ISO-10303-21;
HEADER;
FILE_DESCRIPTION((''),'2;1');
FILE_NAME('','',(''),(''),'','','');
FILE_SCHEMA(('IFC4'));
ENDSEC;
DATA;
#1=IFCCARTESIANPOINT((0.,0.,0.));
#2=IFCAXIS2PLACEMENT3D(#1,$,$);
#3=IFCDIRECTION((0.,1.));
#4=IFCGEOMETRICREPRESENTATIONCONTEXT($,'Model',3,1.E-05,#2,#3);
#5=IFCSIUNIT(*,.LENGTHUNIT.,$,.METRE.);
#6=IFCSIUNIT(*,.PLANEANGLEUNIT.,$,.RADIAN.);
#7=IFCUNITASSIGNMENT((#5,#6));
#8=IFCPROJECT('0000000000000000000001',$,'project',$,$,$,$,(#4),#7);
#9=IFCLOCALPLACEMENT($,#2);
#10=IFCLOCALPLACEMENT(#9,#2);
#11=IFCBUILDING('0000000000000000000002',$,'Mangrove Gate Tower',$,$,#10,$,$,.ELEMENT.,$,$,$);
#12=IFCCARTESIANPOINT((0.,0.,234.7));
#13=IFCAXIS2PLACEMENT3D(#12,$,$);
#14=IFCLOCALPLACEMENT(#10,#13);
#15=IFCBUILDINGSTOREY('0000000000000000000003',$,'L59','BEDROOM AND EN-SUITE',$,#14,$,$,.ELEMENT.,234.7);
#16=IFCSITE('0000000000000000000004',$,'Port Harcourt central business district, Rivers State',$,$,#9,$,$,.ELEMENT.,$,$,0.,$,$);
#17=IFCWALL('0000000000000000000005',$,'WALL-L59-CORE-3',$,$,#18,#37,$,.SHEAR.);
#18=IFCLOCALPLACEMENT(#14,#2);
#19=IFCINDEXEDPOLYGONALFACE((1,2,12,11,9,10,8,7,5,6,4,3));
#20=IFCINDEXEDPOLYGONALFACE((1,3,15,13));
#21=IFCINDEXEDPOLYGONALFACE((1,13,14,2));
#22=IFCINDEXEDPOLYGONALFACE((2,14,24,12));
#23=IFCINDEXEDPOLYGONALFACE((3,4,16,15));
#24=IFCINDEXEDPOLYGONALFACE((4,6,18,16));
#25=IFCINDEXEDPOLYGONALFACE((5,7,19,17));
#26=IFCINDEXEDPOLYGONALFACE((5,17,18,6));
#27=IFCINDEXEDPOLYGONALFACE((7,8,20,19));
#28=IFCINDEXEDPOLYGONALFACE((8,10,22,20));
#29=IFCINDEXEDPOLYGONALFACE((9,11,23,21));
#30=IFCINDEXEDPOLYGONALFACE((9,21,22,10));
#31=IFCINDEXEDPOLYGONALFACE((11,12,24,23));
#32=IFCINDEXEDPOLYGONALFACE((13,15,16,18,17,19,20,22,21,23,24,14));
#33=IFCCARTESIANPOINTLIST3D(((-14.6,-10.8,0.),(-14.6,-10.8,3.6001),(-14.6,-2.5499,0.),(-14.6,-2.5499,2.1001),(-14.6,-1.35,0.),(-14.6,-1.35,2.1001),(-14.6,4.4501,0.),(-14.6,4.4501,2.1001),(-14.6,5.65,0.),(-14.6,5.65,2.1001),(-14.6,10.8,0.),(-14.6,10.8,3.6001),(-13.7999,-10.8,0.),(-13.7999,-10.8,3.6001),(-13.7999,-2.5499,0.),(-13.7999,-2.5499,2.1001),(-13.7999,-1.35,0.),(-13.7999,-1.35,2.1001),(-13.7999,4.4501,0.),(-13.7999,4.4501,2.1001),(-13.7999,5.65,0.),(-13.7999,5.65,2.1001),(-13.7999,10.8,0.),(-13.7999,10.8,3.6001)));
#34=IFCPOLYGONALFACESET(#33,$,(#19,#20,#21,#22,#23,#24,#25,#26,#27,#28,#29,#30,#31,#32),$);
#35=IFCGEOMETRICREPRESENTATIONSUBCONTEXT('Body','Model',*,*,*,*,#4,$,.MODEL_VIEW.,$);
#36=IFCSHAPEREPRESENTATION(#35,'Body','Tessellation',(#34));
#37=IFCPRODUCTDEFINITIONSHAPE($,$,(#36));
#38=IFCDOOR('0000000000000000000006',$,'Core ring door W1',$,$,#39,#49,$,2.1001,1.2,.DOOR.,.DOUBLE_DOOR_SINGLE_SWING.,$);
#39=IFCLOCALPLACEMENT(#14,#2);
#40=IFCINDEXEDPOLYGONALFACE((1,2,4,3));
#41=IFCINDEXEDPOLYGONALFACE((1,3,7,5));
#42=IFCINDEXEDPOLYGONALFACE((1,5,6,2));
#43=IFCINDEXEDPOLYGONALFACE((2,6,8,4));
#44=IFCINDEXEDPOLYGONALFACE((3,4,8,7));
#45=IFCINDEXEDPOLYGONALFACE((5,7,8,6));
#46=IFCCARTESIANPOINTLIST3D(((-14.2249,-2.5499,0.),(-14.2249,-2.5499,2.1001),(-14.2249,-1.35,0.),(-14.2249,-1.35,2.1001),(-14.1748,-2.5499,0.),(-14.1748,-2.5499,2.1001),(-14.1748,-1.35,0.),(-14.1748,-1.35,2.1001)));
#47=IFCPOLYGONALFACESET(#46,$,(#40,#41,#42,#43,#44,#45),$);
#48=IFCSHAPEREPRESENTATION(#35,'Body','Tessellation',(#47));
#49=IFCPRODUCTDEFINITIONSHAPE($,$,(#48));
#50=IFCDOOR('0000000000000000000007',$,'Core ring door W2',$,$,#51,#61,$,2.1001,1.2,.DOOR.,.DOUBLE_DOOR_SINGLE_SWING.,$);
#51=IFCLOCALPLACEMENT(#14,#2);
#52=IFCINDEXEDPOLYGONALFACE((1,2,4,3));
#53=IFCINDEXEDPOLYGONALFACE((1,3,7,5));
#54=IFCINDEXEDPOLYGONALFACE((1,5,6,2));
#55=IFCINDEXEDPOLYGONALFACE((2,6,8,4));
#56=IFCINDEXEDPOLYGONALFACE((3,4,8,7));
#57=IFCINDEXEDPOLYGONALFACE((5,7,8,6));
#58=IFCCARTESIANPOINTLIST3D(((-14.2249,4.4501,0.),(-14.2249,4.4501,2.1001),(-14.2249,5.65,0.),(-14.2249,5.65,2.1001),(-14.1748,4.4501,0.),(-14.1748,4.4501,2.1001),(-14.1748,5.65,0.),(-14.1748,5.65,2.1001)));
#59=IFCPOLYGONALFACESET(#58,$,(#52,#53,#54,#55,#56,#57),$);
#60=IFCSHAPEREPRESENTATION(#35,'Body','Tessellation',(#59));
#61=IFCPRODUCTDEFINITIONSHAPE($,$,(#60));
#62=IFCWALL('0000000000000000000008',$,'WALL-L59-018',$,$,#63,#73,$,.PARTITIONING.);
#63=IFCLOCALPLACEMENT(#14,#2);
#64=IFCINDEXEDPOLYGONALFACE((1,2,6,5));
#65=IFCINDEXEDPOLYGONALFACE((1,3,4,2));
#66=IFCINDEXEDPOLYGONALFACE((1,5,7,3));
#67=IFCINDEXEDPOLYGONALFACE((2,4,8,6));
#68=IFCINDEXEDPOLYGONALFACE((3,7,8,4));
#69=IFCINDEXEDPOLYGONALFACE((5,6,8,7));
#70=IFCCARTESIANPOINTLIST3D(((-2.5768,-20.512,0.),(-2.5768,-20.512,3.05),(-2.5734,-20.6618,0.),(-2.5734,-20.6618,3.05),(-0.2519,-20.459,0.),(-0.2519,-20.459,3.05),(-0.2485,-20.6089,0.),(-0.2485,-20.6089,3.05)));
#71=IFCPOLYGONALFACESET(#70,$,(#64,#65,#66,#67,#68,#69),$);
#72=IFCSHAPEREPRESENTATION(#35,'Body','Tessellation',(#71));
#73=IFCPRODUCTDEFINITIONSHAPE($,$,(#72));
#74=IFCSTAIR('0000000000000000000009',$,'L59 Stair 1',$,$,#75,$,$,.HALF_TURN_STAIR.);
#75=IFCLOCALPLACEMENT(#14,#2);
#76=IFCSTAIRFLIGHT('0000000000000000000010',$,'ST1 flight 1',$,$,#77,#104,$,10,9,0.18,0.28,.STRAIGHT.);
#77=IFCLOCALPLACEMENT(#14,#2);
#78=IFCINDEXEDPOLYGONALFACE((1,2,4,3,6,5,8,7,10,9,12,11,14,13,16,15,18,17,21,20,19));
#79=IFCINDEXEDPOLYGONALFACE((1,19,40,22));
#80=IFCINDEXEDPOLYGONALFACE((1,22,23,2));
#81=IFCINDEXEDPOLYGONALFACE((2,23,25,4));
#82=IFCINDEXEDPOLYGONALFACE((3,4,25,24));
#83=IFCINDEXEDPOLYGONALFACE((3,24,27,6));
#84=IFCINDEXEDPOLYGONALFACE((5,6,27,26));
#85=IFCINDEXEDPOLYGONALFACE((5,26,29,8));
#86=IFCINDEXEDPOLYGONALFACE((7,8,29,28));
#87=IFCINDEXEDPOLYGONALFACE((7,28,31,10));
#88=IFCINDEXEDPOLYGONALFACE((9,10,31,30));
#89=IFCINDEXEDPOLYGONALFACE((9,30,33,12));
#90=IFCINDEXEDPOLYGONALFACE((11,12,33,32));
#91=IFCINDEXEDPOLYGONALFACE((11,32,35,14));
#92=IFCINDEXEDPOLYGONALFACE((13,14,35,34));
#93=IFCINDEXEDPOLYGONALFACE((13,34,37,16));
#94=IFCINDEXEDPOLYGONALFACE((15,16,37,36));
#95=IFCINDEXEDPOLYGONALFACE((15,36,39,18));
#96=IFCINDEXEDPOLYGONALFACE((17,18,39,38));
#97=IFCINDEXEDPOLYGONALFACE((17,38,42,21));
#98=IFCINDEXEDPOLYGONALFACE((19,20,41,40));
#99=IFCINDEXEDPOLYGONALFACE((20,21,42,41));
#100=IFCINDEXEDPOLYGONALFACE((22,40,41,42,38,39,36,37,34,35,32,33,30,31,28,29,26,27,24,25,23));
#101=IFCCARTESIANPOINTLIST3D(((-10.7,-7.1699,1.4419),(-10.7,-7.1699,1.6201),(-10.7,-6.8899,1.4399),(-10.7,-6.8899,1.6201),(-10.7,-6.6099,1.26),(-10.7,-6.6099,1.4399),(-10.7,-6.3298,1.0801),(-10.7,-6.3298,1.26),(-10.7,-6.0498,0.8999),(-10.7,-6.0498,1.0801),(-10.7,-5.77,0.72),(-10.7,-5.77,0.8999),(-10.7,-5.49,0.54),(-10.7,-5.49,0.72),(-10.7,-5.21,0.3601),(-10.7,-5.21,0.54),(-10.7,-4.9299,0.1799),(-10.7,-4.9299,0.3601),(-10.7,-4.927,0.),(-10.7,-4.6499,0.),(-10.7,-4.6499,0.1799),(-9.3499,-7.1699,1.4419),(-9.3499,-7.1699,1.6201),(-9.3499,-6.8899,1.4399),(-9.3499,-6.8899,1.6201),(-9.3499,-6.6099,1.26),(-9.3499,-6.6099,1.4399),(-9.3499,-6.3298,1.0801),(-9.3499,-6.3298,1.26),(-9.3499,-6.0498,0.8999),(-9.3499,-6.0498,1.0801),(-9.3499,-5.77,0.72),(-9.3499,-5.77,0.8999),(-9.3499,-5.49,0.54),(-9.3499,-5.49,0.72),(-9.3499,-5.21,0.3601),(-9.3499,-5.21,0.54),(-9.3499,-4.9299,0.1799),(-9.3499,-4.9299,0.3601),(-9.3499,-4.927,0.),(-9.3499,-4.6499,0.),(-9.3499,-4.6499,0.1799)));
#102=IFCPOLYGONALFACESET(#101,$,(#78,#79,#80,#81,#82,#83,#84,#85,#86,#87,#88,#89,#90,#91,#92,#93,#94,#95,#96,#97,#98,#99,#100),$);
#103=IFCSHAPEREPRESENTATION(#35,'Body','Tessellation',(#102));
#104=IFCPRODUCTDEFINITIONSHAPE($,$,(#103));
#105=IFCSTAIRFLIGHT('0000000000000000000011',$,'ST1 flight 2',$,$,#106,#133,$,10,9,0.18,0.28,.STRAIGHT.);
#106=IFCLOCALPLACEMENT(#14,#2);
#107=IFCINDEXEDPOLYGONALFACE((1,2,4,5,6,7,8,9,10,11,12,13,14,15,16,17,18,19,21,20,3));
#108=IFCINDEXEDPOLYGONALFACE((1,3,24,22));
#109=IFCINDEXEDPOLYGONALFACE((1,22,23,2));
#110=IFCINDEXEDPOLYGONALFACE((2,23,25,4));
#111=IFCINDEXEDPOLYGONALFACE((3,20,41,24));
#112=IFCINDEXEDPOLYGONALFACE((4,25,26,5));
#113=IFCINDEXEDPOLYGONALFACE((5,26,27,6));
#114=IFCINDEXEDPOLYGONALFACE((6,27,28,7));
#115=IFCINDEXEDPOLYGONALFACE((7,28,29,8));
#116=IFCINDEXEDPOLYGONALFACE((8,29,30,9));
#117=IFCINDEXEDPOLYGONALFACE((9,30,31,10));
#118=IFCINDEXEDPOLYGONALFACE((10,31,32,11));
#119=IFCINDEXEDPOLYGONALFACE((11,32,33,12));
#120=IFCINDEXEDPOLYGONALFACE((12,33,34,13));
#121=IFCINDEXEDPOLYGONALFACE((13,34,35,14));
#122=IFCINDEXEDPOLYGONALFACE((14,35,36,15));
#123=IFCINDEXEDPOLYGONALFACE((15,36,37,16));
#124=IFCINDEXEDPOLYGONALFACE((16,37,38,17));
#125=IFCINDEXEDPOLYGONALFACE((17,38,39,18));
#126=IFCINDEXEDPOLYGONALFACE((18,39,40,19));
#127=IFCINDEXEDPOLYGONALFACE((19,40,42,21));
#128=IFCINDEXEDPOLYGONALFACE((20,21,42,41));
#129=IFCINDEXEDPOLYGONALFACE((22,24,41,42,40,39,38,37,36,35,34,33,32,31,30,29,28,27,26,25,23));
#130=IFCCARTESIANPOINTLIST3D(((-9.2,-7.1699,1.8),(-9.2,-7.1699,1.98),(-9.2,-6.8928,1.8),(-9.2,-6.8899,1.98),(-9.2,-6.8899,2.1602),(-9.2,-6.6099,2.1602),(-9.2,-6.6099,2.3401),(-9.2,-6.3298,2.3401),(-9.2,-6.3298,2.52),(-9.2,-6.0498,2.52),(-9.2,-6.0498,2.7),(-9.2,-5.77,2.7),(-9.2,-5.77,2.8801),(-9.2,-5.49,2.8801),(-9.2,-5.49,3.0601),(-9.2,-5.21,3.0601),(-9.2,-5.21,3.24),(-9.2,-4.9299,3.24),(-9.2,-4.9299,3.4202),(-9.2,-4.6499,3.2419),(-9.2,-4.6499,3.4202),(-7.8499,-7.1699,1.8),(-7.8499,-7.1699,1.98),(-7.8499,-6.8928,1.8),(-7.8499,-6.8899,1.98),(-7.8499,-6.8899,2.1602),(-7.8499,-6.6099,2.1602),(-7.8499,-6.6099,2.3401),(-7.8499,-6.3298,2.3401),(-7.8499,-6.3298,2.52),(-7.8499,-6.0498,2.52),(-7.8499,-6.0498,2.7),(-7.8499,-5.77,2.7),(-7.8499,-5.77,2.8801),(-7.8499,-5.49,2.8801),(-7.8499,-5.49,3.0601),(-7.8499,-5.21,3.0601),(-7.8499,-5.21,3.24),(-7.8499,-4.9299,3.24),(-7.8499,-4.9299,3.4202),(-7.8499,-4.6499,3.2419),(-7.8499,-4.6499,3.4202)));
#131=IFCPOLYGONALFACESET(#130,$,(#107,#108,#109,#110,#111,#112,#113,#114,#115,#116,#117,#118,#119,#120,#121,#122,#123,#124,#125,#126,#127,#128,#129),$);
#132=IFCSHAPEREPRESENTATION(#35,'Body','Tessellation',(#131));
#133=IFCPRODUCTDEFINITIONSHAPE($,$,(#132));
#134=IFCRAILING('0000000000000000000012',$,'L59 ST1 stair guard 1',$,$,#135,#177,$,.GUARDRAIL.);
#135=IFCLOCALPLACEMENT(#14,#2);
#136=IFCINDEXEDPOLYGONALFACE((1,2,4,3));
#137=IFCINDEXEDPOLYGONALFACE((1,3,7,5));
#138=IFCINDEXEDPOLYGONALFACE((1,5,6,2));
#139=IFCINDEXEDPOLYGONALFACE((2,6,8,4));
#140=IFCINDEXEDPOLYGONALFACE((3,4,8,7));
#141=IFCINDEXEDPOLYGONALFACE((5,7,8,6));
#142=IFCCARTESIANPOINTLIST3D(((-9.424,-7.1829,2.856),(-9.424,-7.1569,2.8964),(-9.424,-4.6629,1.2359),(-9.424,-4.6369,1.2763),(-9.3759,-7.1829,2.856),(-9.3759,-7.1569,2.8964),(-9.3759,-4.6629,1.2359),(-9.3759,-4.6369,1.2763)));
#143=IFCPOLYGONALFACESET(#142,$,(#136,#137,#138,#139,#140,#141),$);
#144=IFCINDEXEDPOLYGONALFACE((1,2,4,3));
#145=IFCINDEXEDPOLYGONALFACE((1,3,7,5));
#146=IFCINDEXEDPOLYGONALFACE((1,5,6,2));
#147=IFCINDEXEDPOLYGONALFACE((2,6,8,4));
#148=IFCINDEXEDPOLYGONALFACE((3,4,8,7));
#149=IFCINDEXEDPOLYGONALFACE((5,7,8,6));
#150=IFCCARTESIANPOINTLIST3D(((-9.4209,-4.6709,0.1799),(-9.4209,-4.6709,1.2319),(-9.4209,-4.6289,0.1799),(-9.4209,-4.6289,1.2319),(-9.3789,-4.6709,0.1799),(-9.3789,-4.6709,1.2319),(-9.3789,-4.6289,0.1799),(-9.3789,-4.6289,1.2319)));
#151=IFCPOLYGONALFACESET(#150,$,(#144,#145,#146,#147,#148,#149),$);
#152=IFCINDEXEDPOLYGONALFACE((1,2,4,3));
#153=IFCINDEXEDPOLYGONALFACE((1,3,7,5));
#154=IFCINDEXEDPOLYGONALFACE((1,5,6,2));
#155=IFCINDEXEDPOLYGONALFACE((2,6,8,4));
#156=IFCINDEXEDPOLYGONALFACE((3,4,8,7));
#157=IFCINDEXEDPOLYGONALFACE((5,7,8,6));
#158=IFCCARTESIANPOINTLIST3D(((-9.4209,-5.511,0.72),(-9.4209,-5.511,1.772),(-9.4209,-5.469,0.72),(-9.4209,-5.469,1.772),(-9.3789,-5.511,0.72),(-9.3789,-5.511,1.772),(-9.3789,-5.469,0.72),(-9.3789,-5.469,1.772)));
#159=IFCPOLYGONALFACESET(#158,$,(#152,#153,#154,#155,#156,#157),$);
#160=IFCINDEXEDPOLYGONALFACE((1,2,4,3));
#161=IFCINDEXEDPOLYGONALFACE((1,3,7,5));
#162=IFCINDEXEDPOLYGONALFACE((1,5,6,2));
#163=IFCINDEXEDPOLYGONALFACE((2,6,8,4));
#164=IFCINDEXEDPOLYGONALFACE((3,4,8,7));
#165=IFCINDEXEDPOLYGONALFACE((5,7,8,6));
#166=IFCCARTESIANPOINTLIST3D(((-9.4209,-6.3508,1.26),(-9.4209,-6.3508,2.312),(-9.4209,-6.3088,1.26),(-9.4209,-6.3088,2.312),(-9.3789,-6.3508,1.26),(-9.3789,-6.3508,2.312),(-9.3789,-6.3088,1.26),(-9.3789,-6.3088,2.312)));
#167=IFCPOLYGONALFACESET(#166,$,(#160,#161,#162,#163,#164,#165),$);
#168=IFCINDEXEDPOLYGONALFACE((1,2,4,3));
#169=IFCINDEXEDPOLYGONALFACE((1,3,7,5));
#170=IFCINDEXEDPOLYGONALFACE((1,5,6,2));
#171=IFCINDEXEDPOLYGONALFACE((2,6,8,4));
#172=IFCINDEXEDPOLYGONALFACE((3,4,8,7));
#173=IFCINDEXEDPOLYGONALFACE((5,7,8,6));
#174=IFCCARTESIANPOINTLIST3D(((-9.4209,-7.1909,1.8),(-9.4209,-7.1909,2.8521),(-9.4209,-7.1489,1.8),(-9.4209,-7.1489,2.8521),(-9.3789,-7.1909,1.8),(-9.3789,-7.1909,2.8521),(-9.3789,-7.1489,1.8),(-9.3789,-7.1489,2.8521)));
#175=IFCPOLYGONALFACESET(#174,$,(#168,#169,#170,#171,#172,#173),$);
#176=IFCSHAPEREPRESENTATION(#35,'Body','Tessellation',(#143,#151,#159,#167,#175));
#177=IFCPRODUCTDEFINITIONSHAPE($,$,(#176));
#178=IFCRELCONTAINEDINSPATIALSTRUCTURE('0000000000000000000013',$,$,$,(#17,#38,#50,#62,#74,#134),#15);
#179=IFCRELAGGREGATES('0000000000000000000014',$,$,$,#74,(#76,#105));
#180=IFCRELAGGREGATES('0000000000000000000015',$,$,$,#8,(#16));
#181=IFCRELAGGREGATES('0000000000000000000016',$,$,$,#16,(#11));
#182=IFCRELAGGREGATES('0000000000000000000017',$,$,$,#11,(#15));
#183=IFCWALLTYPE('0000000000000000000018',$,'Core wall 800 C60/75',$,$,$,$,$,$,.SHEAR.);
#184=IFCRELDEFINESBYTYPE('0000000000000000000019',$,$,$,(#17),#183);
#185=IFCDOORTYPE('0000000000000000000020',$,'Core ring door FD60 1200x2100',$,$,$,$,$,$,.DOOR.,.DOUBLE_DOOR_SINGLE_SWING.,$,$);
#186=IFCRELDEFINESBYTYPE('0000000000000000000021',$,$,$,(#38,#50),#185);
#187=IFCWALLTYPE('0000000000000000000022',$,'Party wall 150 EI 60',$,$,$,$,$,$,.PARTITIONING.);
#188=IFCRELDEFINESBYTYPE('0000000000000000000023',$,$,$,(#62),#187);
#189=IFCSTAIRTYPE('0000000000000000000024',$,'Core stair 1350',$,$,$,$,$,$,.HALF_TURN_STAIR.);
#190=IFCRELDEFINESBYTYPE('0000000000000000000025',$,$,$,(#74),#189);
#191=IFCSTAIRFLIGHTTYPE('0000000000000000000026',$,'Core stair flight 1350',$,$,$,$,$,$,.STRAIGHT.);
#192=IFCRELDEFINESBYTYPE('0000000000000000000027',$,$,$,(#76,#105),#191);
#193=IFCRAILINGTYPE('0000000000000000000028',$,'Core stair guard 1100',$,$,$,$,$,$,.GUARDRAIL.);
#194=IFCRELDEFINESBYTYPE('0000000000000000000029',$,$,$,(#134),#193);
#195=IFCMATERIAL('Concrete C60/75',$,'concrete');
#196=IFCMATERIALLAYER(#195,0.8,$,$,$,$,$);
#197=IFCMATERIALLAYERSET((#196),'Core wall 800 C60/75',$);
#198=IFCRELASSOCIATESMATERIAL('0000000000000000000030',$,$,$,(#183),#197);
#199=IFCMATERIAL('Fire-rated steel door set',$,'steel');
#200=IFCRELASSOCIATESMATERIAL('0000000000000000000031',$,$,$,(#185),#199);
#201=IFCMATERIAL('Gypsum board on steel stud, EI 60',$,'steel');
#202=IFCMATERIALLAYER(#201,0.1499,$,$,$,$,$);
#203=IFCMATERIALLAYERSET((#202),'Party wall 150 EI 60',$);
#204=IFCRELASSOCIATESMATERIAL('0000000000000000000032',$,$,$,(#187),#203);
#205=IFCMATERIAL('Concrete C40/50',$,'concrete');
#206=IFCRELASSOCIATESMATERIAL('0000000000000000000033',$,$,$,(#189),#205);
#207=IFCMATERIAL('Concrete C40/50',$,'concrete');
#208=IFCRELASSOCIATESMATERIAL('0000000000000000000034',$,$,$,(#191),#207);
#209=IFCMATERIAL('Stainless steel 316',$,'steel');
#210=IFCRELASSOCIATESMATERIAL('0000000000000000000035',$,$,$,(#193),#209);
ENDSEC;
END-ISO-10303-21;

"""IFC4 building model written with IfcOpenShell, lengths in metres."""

from ifc_helpers import new_model, si_unit, direction, frame, frame_2d, origin, origin_2d, place, context, subcontext, project, spatial, polyline, rectangle, outline, extrude, material, layer, layer_set, type_object, element, fill, aggregate, save


model = new_model("IFC4")

# Units and contexts
model_context = context("Model", 3, precision=1e-05, world=origin(), true_north=direction((0.0, 1.0)))
body_context = subcontext(model_context, "Body", "Model", "MODEL_VIEW")
ifc_project = project(units=[si_unit("LENGTHUNIT", "METRE"), si_unit("PLANEANGLEUNIT", "RADIAN")], contexts=[model_context])

# Site, building, storey
site_placement = place(None, origin())
site = spatial("IfcSite", under=ifc_project, at=site_placement, Name="Port Harcourt central business district, Rivers State", CompositionType="ELEMENT", RefElevation=0.0)
building_placement = place(site_placement, origin())
building = spatial("IfcBuilding", under=site, at=building_placement, Name="Mangrove Gate Tower", CompositionType="ELEMENT")
storey_placement = place(building_placement, frame((0.0, 0.0, 234.7)))
storey = spatial("IfcBuildingStorey", under=building, at=storey_placement, Name="L59", Description="BEDROOM AND EN-SUITE", CompositionType="ELEMENT", Elevation=234.7)

# Shared definitions
ifc_material_1 = material(Name="Concrete C60/75", Category="concrete")
ifc_layer_1 = layer(ifc_material_1, 0.8)
ifc_layer_set_1 = layer_set([ifc_layer_1], Name="Core wall 800 C60/75")
wall_type_1 = type_object("IfcWallType", Name="Core wall 800 C60/75", PredefinedType="SHEAR", material=ifc_layer_set_1)

# Wall, openings, doors
wall_1_placement = place(storey_placement, frame((-14.2, -10.8, 0.0), z_axis=(0.0, 0.0, 1.0), x_axis=(0.0, 1.0, 0.0)))
wall_1 = element("IfcWall", 1, at=wall_1_placement, inside=storey, type_object=wall_type_1, Name="WALL-L59-CORE-3", PredefinedType="SHEAR", context=body_context, shape_type="SweptSolid", body=[
    extrude(rectangle(XDim=21.6001, YDim=0.8, at=frame_2d((10.8, 0.0))), origin(), (0.0, 0.0, 1.0), 3.6001),
])
opening_1_placement = place(wall_1_placement, frame((8.25, 0.0, 0.0)))
opening_1 = element("IfcOpeningElement", 2, at=opening_1_placement, cuts=wall_1, PredefinedType="OPENING", context=body_context, shape_type="SweptSolid", body=[
    extrude(rectangle(XDim=1.2, YDim=2.1001, at=frame_2d((0.6001, 1.05))), frame((0.0, 0.4099, 0.0), z_axis=(0.0, -1.0, 0.0), x_axis=(1.0, 0.0, 0.0)), (0.0, 0.0, 1.0), 0.8201),
])
opening_2_placement = place(wall_1_placement, frame((15.25, 0.0, 0.0)))
opening_2 = element("IfcOpeningElement", 3, at=opening_2_placement, cuts=wall_1, PredefinedType="OPENING", context=body_context, shape_type="SweptSolid", body=[
    extrude(rectangle(XDim=1.2, YDim=2.1001, at=frame_2d((0.6001, 1.05))), frame((0.0, 0.4099, 0.0), z_axis=(0.0, -1.0, 0.0), x_axis=(1.0, 0.0, 0.0)), (0.0, 0.0, 1.0), 0.8201),
])
ifc_material_2 = material(Name="Fire-rated steel door set", Category="steel")
door_type_1 = type_object("IfcDoorType", Name="Core ring door FD60 1200x2100", OperationType="DOUBLE_DOOR_SINGLE_SWING", PredefinedType="DOOR", material=ifc_material_2)
door_1_placement = place(opening_1_placement, origin())
door_1 = element("IfcDoor", 4, at=door_1_placement, inside=storey, type_object=door_type_1, Name="Core ring door W1", OperationType="DOUBLE_DOOR_SINGLE_SWING", OverallHeight=2.1001, OverallWidth=1.2, PredefinedType="DOOR", context=body_context, shape_type="SweptSolid", body=[
    extrude(rectangle(XDim=1.2, YDim=2.1001, at=frame_2d((0.6001, 1.05))), frame((0.0, 0.0249, 0.0), z_axis=(0.0, -1.0, 0.0), x_axis=(1.0, 0.0, 0.0)), (0.0, 0.0, 1.0), 0.05),
])
fill(opening_1, door_1)
door_2_placement = place(opening_2_placement, origin())
door_2 = element("IfcDoor", 5, at=door_2_placement, inside=storey, type_object=door_type_1, Name="Core ring door W2", OperationType="DOUBLE_DOOR_SINGLE_SWING", OverallHeight=2.1001, OverallWidth=1.2, PredefinedType="DOOR", context=body_context, shape_type="SweptSolid", body=[
    extrude(rectangle(XDim=1.2, YDim=2.1001, at=frame_2d((0.6001, 1.05))), frame((0.0, 0.0249, 0.0), z_axis=(0.0, -1.0, 0.0), x_axis=(1.0, 0.0, 0.0)), (0.0, 0.0, 1.0), 0.05),
])
fill(opening_2, door_2)

# Wall
ifc_material_3 = material(Name="Gypsum board on steel stud, EI 60", Category="steel")
ifc_layer_2 = layer(ifc_material_3, 0.1499)
ifc_layer_set_2 = layer_set([ifc_layer_2], Name="Party wall 150 EI 60")
wall_type_2 = type_object("IfcWallType", Name="Party wall 150 EI 60", PredefinedType="PARTITIONING", material=ifc_layer_set_2)
wall_2_placement = place(storey_placement, frame((-2.575, -20.5869, 0.0), z_axis=(0.0, 0.0, 1.0), x_axis=(0.99974, 0.022781, 0.0)))
element("IfcWall", 6, at=wall_2_placement, inside=storey, type_object=wall_type_2, Name="WALL-L59-018", PredefinedType="PARTITIONING", context=body_context, shape_type="SweptSolid", body=[
    extrude(rectangle(XDim=2.3254, YDim=0.1499, at=frame_2d((1.1626, 0.0))), origin(), (0.0, 0.0, 1.0), 3.05),
])

# Stair, stair flights
ifc_material_4 = material(Name="Concrete C40/50", Category="concrete")
stair_type = type_object("IfcStairType", Name="Core stair 1350", PredefinedType="HALF_TURN_STAIR", material=ifc_material_4)
stair_placement = place(storey_placement, origin())
stair = element("IfcStair", 7, at=stair_placement, inside=storey, type_object=stair_type, Name="L59 Stair 1", PredefinedType="HALF_TURN_STAIR")
ifc_material_5 = material(Name="Concrete C40/50", Category="concrete")
stair_flight_type = type_object("IfcStairFlightType", Name="Core stair flight 1350", PredefinedType="STRAIGHT", material=ifc_material_5)
stair_flight_1_placement = place(storey_placement, frame((-10.0249, -4.6499, 0.0), z_axis=(0.0, 0.0, 1.0), x_axis=(0.0, -1.0, 0.0)))
stair_flight_1 = element("IfcStairFlight", 8, at=stair_flight_1_placement, type_object=stair_flight_type, Name="ST1 flight 1", NumberOfRisers=10, NumberOfTreads=9, PredefinedType="STRAIGHT", RiserHeight=0.18, TreadLength=0.28, context=body_context, shape_type="SweptSolid", body=[
    extrude(outline(polyline([(0.0, 0.0), (0.0, 0.1799), (0.28, 0.1799), (0.28, 0.3601), (0.5601, 0.3601), (0.5601, 0.54), (0.8401, 0.54), (0.8401, 0.72), (1.1201, 0.72), (1.1201, 0.8999), (1.3999, 0.8999), (1.3999, 1.0801), (1.6799, 1.0801), (1.6799, 1.26), (1.96, 1.26), (1.96, 1.4399), (2.24, 1.4399), (2.24, 1.6201), (2.52, 1.6201), (2.52, 1.8), (2.52, 1.4419), (0.2771, 0.0), (0.0, 0.0)])), frame((0.0, 0.675, 0.0), z_axis=(0.0, -1.0, 0.0), x_axis=(1.0, 0.0, 0.0)), (0.0, 0.0, 1.0), 1.3501),
])
stair_flight_2_placement = place(storey_placement, frame((-8.5249, -7.1699, 1.8), z_axis=(0.0, 0.0, 1.0), x_axis=(0.0, 1.0, 0.0)))
stair_flight_2 = element("IfcStairFlight", 9, at=stair_flight_2_placement, type_object=stair_flight_type, Name="ST1 flight 2", NumberOfRisers=10, NumberOfTreads=9, PredefinedType="STRAIGHT", RiserHeight=0.18, TreadLength=0.28, context=body_context, shape_type="SweptSolid", body=[
    extrude(outline(polyline([(0.0, 0.0), (0.0, 0.1799), (0.28, 0.1799), (0.28, 0.3601), (0.5601, 0.3601), (0.5601, 0.54), (0.8401, 0.54), (0.8401, 0.72), (1.1201, 0.72), (1.1201, 0.8999), (1.3999, 0.8999), (1.3999, 1.0801), (1.6799, 1.0801), (1.6799, 1.26), (1.96, 1.26), (1.96, 1.4399), (2.24, 1.4399), (2.24, 1.6201), (2.52, 1.6201), (2.52, 1.8), (2.52, 1.4419), (0.2771, 0.0), (0.0, 0.0)])), frame((0.0, 0.675, 0.0), z_axis=(0.0, -1.0, 0.0), x_axis=(1.0, 0.0, 0.0)), (0.0, 0.0, 1.0), 1.3501),
])
aggregate(stair, [stair_flight_1, stair_flight_2])

# Railing
ifc_material_6 = material(Name="Stainless steel 316", Category="steel")
railing_type_1 = type_object("IfcRailingType", Name="Core stair guard 1100", PredefinedType="GUARDRAIL", material=ifc_material_6)
railing_1_placement = place(storey_placement, frame((-9.3999, -4.6499, 0.1799)))
element("IfcRailing", 10, at=railing_1_placement, inside=storey, type_object=railing_type_1, Name="L59 ST1 stair guard 1", PredefinedType="GUARDRAIL", context=body_context, shape_type="SweptSolid", body=[
    extrude(rectangle(XDim=0.0481, YDim=0.0481, at=origin_2d()), frame((0.0, 0.0, 1.0762), z_axis=(0.0, -0.841163, 0.540782), x_axis=(1.0, 0.0, 0.0)), (0.0, 0.0, 1.0), 2.9958),
    extrude(rectangle(XDim=0.042, YDim=0.042, at=origin_2d()), origin(), (0.0, 0.0, 1.0), 1.052),
    extrude(rectangle(XDim=0.042, YDim=0.042, at=origin_2d()), frame((0.0, -0.8401, 0.54)), (0.0, 0.0, 1.0), 1.052),
    extrude(rectangle(XDim=0.042, YDim=0.042, at=origin_2d()), frame((0.0, -1.6799, 1.0801)), (0.0, 0.0, 1.0), 1.052),
    extrude(rectangle(XDim=0.042, YDim=0.042, at=origin_2d()), frame((0.0, -2.52, 1.6201)), (0.0, 0.0, 1.0), 1.052),
])

save(model, "model.ifc")
